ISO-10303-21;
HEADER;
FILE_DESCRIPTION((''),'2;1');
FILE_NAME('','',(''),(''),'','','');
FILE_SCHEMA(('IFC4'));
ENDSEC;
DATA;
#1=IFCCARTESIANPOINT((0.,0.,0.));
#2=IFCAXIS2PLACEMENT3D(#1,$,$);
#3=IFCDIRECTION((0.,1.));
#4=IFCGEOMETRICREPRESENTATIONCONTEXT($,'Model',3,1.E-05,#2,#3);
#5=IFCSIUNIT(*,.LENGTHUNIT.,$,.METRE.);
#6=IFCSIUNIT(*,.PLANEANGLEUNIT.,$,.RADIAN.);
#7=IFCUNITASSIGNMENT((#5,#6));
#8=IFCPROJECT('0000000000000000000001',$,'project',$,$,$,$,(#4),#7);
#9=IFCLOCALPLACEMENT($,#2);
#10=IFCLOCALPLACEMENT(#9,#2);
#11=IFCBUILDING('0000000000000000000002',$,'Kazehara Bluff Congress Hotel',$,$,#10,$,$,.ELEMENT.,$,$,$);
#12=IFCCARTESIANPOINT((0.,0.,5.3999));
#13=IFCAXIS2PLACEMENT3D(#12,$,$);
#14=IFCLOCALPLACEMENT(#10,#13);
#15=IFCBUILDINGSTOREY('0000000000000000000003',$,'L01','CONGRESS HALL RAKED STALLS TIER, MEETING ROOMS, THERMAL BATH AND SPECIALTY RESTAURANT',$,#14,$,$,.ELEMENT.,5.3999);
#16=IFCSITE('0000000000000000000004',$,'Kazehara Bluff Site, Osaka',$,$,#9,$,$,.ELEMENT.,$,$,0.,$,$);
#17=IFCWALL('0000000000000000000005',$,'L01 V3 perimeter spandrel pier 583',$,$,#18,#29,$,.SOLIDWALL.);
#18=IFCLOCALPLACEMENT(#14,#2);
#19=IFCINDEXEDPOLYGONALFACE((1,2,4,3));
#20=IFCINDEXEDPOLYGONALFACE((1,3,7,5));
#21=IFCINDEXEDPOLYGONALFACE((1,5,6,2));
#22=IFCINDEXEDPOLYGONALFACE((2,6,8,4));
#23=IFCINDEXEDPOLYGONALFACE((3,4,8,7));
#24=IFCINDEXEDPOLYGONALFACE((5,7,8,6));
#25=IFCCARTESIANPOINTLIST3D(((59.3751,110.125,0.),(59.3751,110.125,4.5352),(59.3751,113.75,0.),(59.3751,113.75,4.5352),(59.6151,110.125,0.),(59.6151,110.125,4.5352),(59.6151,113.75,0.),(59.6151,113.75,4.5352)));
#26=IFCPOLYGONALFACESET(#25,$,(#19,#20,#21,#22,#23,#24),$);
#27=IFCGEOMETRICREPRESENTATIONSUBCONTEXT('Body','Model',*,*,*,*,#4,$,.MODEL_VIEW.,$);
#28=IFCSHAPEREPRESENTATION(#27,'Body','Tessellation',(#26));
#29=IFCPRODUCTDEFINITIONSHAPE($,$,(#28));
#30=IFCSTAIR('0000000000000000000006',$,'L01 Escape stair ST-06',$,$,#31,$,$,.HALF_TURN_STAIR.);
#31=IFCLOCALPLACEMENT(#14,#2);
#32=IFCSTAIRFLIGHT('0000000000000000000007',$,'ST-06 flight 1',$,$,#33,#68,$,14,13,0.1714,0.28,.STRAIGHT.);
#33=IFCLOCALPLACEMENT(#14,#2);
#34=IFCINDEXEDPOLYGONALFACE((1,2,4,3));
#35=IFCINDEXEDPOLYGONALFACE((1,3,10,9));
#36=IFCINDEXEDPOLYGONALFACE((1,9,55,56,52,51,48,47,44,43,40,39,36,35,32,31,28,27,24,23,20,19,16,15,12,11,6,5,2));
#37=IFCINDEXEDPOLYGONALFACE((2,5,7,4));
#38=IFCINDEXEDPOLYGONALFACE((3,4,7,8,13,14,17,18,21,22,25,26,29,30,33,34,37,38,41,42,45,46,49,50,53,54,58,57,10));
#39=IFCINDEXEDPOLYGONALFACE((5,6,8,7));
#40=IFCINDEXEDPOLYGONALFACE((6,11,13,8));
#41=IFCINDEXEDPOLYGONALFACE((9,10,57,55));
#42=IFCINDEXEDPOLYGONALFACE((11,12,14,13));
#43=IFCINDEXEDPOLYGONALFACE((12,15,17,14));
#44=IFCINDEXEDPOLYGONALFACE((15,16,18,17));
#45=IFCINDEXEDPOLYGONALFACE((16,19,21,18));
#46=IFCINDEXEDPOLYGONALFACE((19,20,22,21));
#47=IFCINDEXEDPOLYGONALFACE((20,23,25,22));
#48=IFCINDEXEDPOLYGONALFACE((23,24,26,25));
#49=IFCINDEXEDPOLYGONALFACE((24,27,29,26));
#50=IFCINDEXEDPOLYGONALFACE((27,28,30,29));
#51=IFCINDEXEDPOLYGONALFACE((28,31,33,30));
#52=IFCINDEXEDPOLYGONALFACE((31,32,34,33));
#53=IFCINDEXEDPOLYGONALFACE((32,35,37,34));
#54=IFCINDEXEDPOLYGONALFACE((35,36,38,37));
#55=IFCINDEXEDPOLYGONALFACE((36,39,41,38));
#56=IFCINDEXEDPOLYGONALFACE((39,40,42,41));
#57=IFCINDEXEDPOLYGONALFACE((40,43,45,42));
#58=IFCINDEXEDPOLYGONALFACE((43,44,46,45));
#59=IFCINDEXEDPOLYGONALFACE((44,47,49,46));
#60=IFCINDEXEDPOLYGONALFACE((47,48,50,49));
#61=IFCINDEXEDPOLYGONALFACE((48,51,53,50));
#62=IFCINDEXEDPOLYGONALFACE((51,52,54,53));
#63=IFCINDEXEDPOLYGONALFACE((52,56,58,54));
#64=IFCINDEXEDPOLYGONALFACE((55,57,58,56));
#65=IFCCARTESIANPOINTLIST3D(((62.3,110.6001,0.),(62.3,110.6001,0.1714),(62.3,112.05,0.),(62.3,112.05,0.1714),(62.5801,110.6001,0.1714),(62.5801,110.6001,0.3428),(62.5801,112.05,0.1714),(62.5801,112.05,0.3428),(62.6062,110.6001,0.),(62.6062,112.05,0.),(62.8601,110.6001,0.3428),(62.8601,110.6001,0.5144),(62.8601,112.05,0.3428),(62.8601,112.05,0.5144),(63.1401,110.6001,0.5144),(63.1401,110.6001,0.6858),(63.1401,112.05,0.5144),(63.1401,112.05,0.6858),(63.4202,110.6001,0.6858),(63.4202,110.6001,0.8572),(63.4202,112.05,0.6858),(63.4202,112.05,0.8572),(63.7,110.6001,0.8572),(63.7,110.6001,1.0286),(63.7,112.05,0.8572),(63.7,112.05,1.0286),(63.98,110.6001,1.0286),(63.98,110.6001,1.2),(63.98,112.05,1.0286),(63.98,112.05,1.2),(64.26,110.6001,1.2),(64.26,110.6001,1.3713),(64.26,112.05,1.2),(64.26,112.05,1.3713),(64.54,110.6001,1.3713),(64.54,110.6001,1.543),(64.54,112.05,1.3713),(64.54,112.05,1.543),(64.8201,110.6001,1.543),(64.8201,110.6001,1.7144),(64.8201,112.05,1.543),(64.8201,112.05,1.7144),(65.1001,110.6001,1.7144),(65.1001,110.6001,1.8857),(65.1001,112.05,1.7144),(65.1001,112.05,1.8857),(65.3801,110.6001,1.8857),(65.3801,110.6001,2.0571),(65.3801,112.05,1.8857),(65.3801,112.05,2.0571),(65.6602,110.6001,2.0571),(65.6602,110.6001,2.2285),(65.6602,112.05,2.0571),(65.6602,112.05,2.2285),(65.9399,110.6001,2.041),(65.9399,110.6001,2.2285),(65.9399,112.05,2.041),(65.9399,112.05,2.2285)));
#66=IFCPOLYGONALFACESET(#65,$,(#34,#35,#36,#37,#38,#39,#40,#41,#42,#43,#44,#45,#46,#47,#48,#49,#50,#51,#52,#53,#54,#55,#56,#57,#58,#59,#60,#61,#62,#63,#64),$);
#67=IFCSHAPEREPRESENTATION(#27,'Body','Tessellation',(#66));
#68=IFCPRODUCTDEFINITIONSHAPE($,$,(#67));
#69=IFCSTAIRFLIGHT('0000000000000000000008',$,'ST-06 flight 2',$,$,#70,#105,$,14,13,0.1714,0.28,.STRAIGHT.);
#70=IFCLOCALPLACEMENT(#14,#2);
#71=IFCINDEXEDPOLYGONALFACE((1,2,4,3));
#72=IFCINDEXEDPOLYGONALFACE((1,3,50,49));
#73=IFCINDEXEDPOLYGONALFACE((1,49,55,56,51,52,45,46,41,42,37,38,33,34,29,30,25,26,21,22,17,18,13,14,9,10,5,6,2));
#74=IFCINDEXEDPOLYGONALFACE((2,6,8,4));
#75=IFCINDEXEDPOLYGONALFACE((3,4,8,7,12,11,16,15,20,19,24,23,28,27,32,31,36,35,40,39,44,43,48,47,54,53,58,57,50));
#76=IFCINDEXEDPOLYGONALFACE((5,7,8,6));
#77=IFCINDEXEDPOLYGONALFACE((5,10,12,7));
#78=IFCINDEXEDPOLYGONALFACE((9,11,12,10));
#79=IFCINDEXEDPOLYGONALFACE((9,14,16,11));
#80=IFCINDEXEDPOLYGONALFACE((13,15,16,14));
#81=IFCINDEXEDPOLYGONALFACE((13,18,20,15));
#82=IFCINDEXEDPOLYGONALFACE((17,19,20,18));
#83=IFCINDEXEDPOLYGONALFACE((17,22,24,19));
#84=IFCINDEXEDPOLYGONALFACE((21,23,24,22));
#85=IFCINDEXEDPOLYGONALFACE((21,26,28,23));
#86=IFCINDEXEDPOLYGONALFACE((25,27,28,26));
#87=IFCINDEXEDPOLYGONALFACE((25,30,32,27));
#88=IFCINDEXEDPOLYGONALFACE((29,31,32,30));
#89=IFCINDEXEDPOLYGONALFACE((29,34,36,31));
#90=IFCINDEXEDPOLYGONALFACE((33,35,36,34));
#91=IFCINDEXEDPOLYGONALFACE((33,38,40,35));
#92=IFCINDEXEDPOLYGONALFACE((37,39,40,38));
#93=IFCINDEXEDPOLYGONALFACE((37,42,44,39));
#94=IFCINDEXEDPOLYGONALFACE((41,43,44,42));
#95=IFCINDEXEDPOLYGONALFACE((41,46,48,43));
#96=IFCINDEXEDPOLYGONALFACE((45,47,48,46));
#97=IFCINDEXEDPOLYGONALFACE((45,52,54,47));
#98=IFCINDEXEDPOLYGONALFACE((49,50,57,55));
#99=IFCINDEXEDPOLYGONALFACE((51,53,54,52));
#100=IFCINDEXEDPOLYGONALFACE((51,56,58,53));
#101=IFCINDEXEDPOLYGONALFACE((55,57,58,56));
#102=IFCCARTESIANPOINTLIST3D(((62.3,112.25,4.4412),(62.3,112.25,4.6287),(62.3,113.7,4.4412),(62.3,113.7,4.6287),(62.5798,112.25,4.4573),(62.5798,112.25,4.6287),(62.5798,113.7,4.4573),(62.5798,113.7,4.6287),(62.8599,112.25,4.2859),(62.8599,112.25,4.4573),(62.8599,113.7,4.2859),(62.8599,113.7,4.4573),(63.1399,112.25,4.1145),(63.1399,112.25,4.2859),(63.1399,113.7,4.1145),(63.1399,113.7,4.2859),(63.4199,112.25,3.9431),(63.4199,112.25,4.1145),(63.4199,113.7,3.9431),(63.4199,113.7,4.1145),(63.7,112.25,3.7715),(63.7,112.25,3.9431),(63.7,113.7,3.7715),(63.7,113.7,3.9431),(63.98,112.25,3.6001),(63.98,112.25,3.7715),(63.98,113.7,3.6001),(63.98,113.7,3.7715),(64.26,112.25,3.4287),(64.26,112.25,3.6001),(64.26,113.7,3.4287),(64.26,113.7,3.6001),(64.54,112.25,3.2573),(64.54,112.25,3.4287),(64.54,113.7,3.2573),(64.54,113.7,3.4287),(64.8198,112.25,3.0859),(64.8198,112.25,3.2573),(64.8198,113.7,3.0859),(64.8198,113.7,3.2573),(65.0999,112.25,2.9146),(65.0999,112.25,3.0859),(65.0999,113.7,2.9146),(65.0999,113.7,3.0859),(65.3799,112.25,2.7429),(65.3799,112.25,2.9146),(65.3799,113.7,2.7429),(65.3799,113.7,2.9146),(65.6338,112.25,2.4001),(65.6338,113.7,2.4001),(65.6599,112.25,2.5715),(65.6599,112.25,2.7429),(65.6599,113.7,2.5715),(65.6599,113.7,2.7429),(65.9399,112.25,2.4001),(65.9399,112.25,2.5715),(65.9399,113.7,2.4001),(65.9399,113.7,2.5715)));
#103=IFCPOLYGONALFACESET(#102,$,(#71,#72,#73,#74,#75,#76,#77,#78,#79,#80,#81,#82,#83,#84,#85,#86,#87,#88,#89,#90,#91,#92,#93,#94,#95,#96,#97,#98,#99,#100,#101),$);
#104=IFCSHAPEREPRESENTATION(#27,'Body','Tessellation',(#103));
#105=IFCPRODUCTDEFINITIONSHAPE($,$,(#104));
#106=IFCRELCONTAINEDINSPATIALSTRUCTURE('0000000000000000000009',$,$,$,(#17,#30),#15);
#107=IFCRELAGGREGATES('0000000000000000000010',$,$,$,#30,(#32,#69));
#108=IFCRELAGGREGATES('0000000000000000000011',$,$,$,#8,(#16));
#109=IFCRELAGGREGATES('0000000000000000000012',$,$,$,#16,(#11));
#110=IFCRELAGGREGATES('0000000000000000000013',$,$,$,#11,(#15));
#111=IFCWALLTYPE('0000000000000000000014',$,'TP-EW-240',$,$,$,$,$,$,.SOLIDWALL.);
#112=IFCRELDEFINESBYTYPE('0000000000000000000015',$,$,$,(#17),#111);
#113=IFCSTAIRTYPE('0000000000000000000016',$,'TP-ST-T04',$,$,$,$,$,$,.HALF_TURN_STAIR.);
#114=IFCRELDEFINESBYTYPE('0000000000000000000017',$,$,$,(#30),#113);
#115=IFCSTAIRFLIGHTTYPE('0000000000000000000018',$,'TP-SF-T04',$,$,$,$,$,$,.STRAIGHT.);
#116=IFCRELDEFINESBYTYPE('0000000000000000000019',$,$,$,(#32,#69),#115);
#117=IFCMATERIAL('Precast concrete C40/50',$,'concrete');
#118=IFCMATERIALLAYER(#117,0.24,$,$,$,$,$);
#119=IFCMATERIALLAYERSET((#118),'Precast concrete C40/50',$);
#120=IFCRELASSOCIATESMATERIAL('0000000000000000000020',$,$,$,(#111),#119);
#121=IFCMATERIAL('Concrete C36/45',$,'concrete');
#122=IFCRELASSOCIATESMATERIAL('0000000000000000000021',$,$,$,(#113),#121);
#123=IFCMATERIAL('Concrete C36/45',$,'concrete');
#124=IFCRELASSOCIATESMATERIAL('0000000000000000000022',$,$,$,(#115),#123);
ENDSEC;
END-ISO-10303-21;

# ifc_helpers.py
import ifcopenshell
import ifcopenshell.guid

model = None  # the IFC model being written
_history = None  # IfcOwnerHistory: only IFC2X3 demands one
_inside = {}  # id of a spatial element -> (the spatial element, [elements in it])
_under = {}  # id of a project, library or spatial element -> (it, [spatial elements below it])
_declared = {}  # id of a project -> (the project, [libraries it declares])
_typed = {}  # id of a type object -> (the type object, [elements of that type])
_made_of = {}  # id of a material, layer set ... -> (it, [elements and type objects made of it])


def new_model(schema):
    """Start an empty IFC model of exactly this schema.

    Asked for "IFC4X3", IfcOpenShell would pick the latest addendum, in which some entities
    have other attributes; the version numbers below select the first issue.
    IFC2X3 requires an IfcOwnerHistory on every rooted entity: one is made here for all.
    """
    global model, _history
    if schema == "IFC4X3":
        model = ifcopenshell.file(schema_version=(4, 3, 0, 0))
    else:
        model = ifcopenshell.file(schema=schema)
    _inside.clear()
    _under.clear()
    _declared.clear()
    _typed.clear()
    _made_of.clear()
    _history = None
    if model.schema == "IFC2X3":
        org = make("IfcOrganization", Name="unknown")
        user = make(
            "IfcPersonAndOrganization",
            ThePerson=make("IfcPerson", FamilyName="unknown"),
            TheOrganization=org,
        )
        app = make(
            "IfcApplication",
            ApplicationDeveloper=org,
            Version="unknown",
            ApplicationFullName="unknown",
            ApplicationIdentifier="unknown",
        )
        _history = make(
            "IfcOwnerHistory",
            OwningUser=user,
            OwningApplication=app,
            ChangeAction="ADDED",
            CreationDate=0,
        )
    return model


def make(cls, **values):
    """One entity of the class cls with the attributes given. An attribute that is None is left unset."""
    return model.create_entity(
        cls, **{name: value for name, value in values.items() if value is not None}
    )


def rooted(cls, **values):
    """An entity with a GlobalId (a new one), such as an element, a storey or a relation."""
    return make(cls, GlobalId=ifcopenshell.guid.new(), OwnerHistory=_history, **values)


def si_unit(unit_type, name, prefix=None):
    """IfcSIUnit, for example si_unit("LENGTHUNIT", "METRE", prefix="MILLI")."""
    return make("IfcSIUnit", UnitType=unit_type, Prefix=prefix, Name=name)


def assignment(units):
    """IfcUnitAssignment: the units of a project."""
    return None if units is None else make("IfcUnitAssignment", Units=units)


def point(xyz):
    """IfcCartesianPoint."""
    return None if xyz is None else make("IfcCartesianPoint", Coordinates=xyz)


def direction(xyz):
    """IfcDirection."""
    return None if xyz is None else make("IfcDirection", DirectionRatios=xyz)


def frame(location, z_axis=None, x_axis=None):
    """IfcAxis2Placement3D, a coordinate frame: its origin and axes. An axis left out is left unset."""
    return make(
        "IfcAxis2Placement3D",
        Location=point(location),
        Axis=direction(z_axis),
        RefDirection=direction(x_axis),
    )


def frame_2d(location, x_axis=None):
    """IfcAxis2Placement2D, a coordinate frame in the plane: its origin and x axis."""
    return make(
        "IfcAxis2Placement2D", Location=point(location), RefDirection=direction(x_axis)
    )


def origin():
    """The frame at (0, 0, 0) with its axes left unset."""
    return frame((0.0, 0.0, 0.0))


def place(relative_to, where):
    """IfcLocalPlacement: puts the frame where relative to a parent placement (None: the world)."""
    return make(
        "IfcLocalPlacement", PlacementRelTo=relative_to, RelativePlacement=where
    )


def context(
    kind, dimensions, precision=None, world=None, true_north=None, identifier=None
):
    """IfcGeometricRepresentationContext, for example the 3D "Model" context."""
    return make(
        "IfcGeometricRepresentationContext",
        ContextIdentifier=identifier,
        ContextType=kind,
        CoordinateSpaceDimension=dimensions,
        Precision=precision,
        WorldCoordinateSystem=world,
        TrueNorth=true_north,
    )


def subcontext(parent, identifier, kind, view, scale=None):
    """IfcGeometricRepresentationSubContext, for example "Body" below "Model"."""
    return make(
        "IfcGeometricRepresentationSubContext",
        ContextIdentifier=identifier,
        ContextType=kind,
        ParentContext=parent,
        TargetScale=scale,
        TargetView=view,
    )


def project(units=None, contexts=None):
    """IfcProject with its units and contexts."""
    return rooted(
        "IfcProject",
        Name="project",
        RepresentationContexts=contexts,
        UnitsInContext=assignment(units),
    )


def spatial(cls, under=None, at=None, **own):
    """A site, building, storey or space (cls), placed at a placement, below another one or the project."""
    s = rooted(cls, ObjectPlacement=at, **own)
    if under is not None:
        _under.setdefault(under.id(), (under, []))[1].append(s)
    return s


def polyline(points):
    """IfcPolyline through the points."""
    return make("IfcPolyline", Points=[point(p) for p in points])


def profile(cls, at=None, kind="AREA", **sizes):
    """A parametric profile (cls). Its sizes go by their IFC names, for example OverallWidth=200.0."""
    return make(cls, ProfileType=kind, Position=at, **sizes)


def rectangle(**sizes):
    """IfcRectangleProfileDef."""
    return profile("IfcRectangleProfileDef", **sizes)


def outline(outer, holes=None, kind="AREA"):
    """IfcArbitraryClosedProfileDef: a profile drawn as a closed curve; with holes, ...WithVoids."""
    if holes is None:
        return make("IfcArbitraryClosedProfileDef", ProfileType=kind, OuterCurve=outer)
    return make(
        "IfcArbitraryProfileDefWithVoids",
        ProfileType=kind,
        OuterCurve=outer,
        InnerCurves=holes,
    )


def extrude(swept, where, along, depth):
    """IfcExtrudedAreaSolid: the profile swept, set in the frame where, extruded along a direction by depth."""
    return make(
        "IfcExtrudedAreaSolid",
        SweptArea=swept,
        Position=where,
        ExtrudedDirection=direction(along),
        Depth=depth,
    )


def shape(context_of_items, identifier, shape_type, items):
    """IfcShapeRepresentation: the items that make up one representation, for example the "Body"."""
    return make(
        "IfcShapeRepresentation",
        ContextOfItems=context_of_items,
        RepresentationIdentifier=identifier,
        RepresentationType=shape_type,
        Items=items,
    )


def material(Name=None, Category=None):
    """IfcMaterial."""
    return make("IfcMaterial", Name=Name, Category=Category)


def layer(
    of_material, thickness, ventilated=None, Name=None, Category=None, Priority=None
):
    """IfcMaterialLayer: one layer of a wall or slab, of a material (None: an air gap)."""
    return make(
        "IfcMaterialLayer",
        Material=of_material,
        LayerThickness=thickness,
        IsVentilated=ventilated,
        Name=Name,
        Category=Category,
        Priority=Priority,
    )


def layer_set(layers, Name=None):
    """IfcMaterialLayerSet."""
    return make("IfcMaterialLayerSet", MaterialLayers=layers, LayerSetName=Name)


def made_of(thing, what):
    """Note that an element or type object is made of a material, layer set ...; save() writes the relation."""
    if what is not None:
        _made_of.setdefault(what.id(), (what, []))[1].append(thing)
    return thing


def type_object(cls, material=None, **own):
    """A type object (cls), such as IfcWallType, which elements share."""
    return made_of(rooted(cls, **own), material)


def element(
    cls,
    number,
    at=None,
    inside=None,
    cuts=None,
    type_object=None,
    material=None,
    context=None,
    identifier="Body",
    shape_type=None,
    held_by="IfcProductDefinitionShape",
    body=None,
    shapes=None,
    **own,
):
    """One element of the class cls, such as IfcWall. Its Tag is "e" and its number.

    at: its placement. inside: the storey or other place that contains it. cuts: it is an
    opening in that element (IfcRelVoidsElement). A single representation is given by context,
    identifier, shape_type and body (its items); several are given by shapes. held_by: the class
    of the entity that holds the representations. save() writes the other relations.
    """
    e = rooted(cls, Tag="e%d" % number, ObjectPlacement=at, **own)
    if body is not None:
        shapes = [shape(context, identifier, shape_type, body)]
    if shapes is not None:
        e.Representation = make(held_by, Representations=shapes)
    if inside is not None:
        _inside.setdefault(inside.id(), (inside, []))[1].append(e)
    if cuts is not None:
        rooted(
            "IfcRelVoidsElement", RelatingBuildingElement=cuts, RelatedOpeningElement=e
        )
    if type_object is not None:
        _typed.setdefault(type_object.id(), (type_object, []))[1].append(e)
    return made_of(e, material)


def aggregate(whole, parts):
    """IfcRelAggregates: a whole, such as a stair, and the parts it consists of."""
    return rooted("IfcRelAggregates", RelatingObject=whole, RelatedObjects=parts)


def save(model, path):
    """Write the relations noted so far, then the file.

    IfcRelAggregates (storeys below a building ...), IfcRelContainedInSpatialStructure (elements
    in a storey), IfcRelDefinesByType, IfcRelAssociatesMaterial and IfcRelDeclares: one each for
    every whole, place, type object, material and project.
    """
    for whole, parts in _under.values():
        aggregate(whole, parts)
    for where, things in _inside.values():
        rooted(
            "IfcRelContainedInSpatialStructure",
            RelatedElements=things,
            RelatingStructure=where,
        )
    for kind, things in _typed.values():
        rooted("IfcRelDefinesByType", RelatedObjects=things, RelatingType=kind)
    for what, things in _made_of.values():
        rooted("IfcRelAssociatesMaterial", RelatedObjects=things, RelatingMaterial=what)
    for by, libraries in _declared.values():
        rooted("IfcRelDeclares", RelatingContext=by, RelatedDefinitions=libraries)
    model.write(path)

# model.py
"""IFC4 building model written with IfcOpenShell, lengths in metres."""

from ifc_helpers import new_model, si_unit, direction, frame, frame_2d, origin, place, context, subcontext, project, spatial, polyline, rectangle, outline, extrude, material, layer, layer_set, type_object, element, aggregate, save


model = new_model("IFC4")

# Units and contexts
model_context = context("Model", 3, precision=1e-05, world=origin(), true_north=direction((0.0, 1.0)))
body_context = subcontext(model_context, "Body", "Model", "MODEL_VIEW")
ifc_project = project(units=[si_unit("LENGTHUNIT", "METRE"), si_unit("PLANEANGLEUNIT", "RADIAN")], contexts=[model_context])

# Site, building, storey
site_placement = place(None, origin())
site = spatial("IfcSite", under=ifc_project, at=site_placement, Name="Kazehara Bluff Site, Osaka", CompositionType="ELEMENT", RefElevation=0.0)
building_placement = place(site_placement, origin())
building = spatial("IfcBuilding", under=site, at=building_placement, Name="Kazehara Bluff Congress Hotel", CompositionType="ELEMENT")
storey_placement = place(building_placement, frame((0.0, 0.0, 5.3999)))
storey = spatial("IfcBuildingStorey", under=building, at=storey_placement, Name="L01", Description="CONGRESS HALL RAKED STALLS TIER, MEETING ROOMS, THERMAL BATH AND SPECIALTY RESTAURANT", CompositionType="ELEMENT", Elevation=5.3999)

# Wall
ifc_material_1 = material(Name="Precast concrete C40/50", Category="concrete")
ifc_layer_1 = layer(ifc_material_1, 0.24)
ifc_layer_set_1 = layer_set([ifc_layer_1], Name="Precast concrete C40/50")
wall_type_1 = type_object("IfcWallType", Name="TP-EW-240", PredefinedType="SOLIDWALL", material=ifc_layer_set_1)
wall_1_placement = place(storey_placement, frame((59.4951, 110.125, 0.0), z_axis=(0.0, 0.0, 1.0), x_axis=(0.0, 1.0, 0.0)))
element("IfcWall", 1, at=wall_1_placement, inside=storey, type_object=wall_type_1, Name="L01 V3 perimeter spandrel pier 583", PredefinedType="SOLIDWALL", context=body_context, shape_type="SweptSolid", body=[
    extrude(rectangle(XDim=3.625, YDim=0.24, at=frame_2d((1.8125, 0.0))), origin(), (0.0, 0.0, 1.0), 4.5352),
])

# Stair, stair flights
ifc_material_2 = material(Name="Concrete C36/45", Category="concrete")
stair_type = type_object("IfcStairType", Name="TP-ST-T04", PredefinedType="HALF_TURN_STAIR", material=ifc_material_2)
stair_placement = place(storey_placement, origin())
stair = element("IfcStair", 2, at=stair_placement, inside=storey, type_object=stair_type, Name="L01 Escape stair ST-06", PredefinedType="HALF_TURN_STAIR")
ifc_material_3 = material(Name="Concrete C36/45", Category="concrete")
stair_flight_type = type_object("IfcStairFlightType", Name="TP-SF-T04", PredefinedType="STRAIGHT", material=ifc_material_3)
stair_flight_1_placement = place(storey_placement, frame((62.3, 111.325, 0.0), z_axis=(0.0, 0.0, 1.0), x_axis=(1.0, 0.0, 0.0)))
stair_flight_1 = element("IfcStairFlight", 3, at=stair_flight_1_placement, type_object=stair_flight_type, Name="ST-06 flight 1", NumberOfRisers=14, NumberOfTreads=13, PredefinedType="STRAIGHT", RiserHeight=0.1714, TreadLength=0.28, context=body_context, shape_type="SweptSolid", body=[
    extrude(outline(polyline([(0.0, 0.0), (0.0, 0.1714), (0.28, 0.1714), (0.28, 0.3428), (0.5601, 0.3428), (0.5601, 0.5144), (0.8401, 0.5144), (0.8401, 0.6858), (1.1201, 0.6858), (1.1201, 0.8572), (1.3999, 0.8572), (1.3999, 1.0286), (1.6799, 1.0286), (1.6799, 1.2), (1.96, 1.2), (1.96, 1.3713), (2.24, 1.3713), (2.24, 1.543), (2.52, 1.543), (2.52, 1.7144), (2.8, 1.7144), (2.8, 1.8857), (3.0801, 1.8857), (3.0801, 2.0571), (3.3601, 2.0571), (3.3601, 2.2285), (3.6399, 2.2285), (3.6399, 2.3999), (3.6399, 2.041), (0.3062, 0.0), (0.0, 0.0)])), frame((0.0, 0.7251, 0.0), z_axis=(0.0, -1.0, 0.0), x_axis=(1.0, 0.0, 0.0)), (0.0, 0.0, 1.0), 1.45),
])
stair_flight_2_placement = place(storey_placement, frame((65.9399, 112.9751, 2.4001), z_axis=(0.0, 0.0, 1.0), x_axis=(-1.0, 0.0, 0.0)))
stair_flight_2 = element("IfcStairFlight", 4, at=stair_flight_2_placement, type_object=stair_flight_type, Name="ST-06 flight 2", NumberOfRisers=14, NumberOfTreads=13, PredefinedType="STRAIGHT", RiserHeight=0.1714, TreadLength=0.28, context=body_context, shape_type="SweptSolid", body=[
    extrude(outline(polyline([(0.0, 0.0), (0.0, 0.1714), (0.28, 0.1714), (0.28, 0.3428), (0.5601, 0.3428), (0.5601, 0.5144), (0.8401, 0.5144), (0.8401, 0.6858), (1.1201, 0.6858), (1.1201, 0.8572), (1.3999, 0.8572), (1.3999, 1.0286), (1.6799, 1.0286), (1.6799, 1.2), (1.96, 1.2), (1.96, 1.3713), (2.24, 1.3713), (2.24, 1.543), (2.52, 1.543), (2.52, 1.7144), (2.8, 1.7144), (2.8, 1.8857), (3.0801, 1.8857), (3.0801, 2.0571), (3.3601, 2.0571), (3.3601, 2.2285), (3.6399, 2.2285), (3.6399, 2.3999), (3.6399, 2.041), (0.3062, 0.0), (0.0, 0.0)])), frame((0.0, 0.7251, 0.0), z_axis=(0.0, -1.0, 0.0), x_axis=(1.0, 0.0, 0.0)), (0.0, 0.0, 1.0), 1.45),
])
aggregate(stair, [stair_flight_1, stair_flight_2])

save(model, "model.ifc")
